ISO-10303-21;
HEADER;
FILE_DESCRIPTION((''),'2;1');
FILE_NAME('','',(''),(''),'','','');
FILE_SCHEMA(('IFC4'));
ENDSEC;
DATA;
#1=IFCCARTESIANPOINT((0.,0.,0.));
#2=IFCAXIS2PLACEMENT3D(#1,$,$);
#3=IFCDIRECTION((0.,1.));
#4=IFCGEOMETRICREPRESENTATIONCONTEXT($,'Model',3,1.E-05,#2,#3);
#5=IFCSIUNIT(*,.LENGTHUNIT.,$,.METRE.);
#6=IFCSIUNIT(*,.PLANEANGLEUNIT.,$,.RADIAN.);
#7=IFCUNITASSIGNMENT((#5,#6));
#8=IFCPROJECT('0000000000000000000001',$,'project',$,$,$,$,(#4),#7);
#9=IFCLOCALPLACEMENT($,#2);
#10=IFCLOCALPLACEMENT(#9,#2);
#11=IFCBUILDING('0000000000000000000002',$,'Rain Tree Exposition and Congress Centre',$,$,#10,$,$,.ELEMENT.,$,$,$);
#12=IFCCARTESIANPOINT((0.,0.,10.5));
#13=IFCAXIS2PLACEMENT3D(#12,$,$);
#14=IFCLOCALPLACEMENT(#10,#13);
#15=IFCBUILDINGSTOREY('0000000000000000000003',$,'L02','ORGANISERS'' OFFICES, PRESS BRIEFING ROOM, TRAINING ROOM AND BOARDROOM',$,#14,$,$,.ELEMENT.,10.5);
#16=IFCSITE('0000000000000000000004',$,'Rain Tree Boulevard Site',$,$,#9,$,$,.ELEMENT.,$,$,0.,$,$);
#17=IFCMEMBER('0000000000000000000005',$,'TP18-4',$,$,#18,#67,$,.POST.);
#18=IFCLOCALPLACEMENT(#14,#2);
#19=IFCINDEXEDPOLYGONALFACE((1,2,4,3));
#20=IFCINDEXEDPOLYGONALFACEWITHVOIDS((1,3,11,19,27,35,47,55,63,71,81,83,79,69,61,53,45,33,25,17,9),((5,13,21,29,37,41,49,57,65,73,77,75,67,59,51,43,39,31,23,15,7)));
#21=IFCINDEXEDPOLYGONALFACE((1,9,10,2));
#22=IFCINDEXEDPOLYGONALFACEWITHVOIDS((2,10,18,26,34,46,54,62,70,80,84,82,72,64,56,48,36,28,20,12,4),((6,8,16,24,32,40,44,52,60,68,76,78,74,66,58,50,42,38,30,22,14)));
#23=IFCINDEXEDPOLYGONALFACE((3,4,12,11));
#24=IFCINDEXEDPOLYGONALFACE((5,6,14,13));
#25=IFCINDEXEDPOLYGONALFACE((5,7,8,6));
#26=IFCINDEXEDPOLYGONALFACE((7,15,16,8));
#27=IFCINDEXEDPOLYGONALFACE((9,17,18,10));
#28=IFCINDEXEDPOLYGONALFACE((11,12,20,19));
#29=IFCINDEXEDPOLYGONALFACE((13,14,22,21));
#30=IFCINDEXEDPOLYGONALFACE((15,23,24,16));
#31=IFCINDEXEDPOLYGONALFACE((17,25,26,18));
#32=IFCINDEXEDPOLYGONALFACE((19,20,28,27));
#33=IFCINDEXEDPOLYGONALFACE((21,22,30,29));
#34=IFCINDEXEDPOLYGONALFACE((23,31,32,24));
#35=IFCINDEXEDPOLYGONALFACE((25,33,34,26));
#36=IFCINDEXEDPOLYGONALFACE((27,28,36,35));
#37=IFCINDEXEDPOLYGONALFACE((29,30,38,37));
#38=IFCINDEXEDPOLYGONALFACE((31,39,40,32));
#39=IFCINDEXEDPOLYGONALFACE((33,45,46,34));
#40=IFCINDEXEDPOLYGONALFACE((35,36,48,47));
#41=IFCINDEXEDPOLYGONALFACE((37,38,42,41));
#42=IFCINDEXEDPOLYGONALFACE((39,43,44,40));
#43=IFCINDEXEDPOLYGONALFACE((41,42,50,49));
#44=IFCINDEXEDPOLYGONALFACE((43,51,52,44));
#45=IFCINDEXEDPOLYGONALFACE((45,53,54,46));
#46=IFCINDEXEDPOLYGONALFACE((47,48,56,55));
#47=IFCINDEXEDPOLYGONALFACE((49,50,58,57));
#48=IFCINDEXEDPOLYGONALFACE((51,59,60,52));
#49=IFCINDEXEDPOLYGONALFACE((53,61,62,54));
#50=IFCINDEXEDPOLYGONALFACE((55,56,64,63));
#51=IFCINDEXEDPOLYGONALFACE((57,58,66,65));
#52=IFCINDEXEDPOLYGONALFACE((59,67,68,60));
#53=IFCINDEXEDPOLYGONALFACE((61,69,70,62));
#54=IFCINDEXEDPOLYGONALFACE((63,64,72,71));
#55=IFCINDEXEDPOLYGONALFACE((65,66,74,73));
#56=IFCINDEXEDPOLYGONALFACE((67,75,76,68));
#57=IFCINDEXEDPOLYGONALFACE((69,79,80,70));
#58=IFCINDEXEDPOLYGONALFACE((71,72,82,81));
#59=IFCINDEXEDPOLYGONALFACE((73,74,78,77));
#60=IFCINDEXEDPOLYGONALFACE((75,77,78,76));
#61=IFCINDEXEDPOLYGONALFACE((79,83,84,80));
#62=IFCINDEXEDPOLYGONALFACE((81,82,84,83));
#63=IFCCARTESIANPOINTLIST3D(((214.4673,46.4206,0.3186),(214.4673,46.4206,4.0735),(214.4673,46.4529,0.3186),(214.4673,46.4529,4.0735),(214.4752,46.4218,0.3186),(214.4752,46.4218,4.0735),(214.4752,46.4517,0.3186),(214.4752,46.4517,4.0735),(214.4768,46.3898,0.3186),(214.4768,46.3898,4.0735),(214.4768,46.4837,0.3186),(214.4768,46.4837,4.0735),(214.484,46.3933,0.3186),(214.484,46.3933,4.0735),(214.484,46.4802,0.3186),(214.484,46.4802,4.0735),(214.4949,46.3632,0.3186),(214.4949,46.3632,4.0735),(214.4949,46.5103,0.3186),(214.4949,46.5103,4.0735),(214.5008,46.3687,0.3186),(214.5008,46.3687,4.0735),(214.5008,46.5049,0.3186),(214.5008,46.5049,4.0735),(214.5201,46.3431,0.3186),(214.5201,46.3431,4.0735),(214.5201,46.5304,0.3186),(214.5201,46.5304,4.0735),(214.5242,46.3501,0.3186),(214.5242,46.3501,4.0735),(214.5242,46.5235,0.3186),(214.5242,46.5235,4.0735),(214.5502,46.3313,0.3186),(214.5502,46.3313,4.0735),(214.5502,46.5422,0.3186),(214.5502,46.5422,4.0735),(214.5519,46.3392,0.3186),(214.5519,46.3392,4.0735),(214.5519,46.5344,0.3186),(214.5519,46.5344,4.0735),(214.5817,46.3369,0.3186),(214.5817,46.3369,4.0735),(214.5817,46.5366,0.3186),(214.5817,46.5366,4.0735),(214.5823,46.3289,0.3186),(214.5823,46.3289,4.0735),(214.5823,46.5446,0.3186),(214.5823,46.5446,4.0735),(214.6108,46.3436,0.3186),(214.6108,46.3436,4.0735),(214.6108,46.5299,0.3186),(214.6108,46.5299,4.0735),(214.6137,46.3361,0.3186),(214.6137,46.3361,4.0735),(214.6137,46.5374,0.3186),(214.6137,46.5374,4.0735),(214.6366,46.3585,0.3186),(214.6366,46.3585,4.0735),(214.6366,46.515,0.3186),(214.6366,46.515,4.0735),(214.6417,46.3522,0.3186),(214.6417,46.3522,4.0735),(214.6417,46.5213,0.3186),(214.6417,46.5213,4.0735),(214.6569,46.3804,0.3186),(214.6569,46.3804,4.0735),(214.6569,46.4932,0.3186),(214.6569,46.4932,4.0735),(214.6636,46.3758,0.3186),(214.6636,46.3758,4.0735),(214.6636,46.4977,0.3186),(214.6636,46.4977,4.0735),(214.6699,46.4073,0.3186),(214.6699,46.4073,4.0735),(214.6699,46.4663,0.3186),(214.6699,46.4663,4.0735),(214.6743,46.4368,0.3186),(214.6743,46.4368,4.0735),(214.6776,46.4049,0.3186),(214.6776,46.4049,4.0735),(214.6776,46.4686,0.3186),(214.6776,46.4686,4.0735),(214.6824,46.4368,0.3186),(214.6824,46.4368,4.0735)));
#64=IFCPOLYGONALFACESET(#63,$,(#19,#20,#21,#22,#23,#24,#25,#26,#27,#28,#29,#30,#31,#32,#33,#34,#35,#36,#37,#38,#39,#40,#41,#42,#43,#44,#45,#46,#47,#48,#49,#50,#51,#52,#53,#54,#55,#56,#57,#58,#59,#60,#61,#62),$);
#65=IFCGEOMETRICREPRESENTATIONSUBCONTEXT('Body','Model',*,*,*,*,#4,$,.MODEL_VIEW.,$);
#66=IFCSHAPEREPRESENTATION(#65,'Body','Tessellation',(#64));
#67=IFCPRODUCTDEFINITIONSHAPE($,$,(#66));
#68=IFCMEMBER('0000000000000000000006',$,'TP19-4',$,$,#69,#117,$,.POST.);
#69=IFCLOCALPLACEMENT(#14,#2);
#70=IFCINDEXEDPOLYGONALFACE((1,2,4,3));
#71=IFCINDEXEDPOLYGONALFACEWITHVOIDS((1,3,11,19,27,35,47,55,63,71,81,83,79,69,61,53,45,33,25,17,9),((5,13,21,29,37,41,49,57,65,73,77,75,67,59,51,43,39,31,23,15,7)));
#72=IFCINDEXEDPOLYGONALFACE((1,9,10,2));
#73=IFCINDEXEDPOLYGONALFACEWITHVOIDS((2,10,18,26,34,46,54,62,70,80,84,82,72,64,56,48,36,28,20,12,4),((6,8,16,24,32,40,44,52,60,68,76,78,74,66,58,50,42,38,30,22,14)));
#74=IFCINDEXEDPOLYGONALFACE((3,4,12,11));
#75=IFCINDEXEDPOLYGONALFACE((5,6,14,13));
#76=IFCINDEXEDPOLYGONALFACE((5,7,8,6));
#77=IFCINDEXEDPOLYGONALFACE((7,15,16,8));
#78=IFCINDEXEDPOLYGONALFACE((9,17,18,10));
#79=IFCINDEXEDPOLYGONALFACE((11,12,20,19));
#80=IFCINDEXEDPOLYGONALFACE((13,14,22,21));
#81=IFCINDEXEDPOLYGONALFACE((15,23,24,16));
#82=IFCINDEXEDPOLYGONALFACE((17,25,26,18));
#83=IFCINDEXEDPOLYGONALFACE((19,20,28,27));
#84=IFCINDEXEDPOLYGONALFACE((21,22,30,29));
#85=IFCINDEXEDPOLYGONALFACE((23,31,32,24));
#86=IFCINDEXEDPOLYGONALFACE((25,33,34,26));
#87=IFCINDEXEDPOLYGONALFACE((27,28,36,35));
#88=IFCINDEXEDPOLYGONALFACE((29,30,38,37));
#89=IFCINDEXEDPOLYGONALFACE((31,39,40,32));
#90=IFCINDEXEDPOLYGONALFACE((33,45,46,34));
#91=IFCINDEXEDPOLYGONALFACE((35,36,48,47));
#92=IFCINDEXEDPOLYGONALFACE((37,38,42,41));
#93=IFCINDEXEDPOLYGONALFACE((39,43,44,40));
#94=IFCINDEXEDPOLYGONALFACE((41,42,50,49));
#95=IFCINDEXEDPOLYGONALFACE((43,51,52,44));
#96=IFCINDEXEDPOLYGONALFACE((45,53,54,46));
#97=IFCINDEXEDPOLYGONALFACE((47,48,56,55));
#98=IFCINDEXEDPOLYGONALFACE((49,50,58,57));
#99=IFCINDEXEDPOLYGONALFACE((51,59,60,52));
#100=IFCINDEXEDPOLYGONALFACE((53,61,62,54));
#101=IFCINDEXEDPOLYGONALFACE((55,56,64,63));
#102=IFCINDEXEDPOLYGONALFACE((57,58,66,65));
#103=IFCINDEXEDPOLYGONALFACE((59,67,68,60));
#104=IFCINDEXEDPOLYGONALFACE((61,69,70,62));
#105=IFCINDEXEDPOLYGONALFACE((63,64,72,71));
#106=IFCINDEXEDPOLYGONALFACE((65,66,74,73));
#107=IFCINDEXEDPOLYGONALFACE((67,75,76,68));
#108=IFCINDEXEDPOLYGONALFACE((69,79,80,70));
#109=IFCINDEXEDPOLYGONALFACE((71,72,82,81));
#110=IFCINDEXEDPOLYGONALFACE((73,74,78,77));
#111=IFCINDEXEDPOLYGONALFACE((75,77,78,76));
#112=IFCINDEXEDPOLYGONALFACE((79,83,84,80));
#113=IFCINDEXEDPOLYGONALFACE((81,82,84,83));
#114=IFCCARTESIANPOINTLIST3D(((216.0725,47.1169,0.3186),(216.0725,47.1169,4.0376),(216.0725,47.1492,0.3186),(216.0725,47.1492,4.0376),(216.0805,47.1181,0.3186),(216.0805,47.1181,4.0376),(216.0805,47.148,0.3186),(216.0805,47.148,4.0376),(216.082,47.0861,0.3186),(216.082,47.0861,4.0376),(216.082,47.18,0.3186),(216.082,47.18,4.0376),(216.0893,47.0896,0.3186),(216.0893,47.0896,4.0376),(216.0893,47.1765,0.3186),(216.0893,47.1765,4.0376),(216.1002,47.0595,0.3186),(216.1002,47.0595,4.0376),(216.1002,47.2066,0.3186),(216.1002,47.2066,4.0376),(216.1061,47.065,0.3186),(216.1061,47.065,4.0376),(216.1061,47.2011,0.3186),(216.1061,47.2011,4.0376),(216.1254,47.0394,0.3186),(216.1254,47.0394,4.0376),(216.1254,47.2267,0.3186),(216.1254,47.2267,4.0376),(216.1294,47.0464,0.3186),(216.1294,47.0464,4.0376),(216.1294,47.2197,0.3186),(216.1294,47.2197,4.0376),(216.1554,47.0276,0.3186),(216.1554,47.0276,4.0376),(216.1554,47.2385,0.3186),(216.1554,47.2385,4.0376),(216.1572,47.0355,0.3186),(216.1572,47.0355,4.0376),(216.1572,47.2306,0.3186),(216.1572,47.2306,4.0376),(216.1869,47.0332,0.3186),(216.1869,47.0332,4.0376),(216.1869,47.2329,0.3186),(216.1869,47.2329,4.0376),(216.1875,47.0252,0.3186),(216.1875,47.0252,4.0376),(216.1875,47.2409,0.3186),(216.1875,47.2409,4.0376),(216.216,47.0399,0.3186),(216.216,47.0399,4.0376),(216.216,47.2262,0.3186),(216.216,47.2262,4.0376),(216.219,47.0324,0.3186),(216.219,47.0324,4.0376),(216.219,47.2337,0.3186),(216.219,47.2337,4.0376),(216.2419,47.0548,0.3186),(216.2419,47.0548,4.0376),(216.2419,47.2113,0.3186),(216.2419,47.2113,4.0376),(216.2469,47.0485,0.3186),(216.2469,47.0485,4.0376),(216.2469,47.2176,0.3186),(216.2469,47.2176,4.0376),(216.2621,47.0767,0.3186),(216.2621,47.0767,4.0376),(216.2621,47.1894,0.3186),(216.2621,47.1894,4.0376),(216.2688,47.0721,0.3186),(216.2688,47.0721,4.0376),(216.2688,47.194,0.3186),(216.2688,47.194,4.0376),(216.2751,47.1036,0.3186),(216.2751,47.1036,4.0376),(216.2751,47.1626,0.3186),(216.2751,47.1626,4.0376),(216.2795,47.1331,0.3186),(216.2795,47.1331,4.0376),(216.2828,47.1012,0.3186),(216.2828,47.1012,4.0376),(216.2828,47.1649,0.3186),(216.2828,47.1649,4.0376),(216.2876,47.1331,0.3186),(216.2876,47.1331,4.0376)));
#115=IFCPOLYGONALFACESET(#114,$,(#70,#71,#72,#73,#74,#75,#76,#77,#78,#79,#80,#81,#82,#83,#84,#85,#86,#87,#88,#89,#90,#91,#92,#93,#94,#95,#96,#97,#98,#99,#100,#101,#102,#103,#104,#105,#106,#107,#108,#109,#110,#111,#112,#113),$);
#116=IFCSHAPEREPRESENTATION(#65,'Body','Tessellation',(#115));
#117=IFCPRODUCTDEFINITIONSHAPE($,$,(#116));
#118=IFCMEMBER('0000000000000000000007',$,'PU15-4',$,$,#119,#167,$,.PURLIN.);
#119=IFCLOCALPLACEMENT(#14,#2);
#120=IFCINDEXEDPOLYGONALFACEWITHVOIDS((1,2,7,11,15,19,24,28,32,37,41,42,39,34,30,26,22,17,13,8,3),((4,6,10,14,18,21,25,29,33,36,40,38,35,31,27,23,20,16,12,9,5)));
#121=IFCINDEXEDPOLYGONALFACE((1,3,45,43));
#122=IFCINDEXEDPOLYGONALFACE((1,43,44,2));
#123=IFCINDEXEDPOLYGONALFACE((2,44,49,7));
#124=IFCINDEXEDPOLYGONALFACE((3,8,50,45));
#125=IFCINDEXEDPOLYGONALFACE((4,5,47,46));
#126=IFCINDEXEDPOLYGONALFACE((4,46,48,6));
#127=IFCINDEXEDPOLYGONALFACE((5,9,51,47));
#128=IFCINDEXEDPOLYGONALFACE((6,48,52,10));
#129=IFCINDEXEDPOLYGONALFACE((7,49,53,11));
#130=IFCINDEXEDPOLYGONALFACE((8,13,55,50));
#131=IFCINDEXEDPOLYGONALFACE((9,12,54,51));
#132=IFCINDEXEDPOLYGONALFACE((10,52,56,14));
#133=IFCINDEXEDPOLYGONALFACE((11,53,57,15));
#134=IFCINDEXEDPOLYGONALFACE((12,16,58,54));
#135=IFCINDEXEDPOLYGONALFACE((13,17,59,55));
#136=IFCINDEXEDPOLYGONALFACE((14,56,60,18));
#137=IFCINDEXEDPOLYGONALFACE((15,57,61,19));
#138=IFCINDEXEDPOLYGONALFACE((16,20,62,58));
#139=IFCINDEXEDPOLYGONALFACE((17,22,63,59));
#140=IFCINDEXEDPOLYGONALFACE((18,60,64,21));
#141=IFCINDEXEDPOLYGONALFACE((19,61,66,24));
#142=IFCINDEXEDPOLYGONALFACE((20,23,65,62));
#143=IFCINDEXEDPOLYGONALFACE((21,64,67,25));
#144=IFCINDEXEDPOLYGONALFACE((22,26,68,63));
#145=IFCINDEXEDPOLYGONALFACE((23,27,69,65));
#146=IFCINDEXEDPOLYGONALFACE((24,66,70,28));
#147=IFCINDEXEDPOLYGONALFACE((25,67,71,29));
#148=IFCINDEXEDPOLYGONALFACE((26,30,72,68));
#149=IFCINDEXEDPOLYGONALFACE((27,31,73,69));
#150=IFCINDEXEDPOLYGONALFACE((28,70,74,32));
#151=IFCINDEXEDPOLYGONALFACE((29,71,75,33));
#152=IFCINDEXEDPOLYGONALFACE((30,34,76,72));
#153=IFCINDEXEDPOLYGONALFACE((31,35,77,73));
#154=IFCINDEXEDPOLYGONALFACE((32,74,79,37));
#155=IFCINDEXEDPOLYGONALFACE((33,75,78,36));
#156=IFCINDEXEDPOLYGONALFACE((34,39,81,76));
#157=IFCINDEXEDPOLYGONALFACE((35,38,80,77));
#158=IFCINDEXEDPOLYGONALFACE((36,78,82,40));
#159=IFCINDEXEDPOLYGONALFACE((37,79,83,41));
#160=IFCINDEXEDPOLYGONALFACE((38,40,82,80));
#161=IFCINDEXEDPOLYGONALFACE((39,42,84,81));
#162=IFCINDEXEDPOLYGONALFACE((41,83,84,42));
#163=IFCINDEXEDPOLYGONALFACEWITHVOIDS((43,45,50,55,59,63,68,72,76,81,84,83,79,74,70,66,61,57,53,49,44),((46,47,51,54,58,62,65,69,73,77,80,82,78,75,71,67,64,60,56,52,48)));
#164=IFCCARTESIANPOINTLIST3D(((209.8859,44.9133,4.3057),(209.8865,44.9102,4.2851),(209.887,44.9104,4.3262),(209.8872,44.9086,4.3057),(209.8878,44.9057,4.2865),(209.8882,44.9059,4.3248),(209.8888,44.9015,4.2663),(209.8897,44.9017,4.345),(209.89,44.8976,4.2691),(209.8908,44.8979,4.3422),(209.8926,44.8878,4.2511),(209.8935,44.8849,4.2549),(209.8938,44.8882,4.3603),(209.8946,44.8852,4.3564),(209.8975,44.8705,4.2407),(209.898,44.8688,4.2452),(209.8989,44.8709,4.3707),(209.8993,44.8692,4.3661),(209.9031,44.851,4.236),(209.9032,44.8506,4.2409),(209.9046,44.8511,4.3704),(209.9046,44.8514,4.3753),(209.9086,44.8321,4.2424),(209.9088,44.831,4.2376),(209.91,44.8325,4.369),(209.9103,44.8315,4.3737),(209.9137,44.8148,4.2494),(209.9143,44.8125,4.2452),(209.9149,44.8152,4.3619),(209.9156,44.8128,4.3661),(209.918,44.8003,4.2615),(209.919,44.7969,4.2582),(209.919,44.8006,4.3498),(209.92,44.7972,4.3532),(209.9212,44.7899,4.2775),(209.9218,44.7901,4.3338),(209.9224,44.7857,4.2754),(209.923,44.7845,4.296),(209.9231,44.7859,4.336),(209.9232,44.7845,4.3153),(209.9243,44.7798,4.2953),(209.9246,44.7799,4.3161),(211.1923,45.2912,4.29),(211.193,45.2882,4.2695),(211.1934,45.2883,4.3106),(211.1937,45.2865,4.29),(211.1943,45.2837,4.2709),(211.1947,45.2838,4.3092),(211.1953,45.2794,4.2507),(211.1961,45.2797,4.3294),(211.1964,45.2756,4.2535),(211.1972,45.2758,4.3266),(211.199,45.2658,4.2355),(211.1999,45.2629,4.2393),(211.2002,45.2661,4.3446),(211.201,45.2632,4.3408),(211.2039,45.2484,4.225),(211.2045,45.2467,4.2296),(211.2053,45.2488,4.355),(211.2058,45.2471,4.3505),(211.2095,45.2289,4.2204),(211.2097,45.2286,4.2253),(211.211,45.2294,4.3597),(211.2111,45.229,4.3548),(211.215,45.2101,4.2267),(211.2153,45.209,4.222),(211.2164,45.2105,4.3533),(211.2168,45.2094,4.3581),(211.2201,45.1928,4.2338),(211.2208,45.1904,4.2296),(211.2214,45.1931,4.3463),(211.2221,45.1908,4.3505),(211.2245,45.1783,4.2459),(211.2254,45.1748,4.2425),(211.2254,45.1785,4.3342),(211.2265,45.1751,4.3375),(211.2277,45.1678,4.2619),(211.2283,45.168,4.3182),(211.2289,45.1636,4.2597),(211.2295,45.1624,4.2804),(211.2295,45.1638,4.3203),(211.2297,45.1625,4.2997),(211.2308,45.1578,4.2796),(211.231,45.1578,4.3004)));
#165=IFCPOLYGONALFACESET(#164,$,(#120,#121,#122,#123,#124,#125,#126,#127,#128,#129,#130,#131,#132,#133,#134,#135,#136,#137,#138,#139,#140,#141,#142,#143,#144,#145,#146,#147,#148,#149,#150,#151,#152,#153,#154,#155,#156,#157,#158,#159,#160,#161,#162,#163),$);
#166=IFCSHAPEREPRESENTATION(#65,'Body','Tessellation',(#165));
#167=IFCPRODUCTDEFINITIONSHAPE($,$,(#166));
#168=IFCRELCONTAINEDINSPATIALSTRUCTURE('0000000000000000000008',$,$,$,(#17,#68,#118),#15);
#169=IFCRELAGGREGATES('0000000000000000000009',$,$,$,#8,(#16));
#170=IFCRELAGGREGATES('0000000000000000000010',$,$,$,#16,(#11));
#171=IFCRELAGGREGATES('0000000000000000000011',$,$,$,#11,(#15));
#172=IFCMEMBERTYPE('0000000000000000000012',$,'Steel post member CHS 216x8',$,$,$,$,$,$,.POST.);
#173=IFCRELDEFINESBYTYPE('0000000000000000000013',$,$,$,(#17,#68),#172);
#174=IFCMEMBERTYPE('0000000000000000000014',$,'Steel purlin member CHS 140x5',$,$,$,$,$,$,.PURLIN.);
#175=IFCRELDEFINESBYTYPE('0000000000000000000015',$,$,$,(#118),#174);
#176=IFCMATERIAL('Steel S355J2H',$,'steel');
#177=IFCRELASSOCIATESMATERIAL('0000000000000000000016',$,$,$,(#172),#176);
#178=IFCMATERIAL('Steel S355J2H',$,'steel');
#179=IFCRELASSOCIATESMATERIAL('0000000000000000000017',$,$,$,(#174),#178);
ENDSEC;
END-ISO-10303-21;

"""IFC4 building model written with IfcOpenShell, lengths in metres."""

from ifc_helpers import new_model, si_unit, direction, frame, origin, origin_2d, place, context, subcontext, project, spatial, hollow_circle, extrude, material, material_profile, profile_set, type_object, element, save


model = new_model("IFC4")

# Units and contexts
model_context = context("Model", 3, precision=1e-05, world=origin(), true_north=direction((0.0, 1.0)))
body_context = subcontext(model_context, "Body", "Model", "MODEL_VIEW")
ifc_project = project(units=[si_unit("LENGTHUNIT", "METRE"), si_unit("PLANEANGLEUNIT", "RADIAN")], contexts=[model_context])

# Site, building, storey
site_placement = place(None, origin())
site = spatial("IfcSite", under=ifc_project, at=site_placement, Name="Rain Tree Boulevard Site", CompositionType="ELEMENT", RefElevation=0.0)
building_placement = place(site_placement, origin())
building = spatial("IfcBuilding", under=site, at=building_placement, Name="Rain Tree Exposition and Congress Centre", CompositionType="ELEMENT")
storey_placement = place(building_placement, frame((0.0, 0.0, 10.5)))
storey = spatial("IfcBuildingStorey", under=building, at=storey_placement, Name="L02", Description="ORGANISERS' OFFICES, PRESS BRIEFING ROOM, TRAINING ROOM AND BOARDROOM", CompositionType="ELEMENT", Elevation=10.5)

# Members
ifc_material_1 = material(Name="Steel S355J2H", Category="steel")
ifc_material_profile_1 = material_profile(ifc_material_1, hollow_circle(Radius=0.1082, WallThickness=0.0081, at=origin_2d()), Name="CHS 216x8")
ifc_profile_set_1 = profile_set([ifc_material_profile_1], Name="Steel S355J2H")
member_type_1 = type_object("IfcMemberType", Name="Steel post member CHS 216x8", PredefinedType="POST", material=ifc_profile_set_1)
member_1_placement = place(storey_placement, frame((214.5742, 46.4368, 0.3186), z_axis=(0.0, 0.0, 1.0), x_axis=(1.0, 0.0, 0.0)))
element("IfcMember", 1, at=member_1_placement, inside=storey, type_object=member_type_1, Name="TP18-4", PredefinedType="POST", context=body_context, shape_type="SweptSolid", body=[
    extrude(hollow_circle(Radius=0.1082, WallThickness=0.0081, at=origin_2d()), origin(), (0.0, 0.0, 1.0), 3.7549),
])
member_2_placement = place(storey_placement, frame((216.1794, 47.1331, 0.3186), z_axis=(0.0, 0.0, 1.0), x_axis=(1.0, 0.0, 0.0)))
element("IfcMember", 2, at=member_2_placement, inside=storey, type_object=member_type_1, Name="TP19-4", PredefinedType="POST", context=body_context, shape_type="SweptSolid", body=[
    extrude(hollow_circle(Radius=0.1082, WallThickness=0.0081, at=origin_2d()), origin(), (0.0, 0.0, 1.0), 3.719),
])
ifc_material_2 = material(Name="Steel S355J2H", Category="steel")
ifc_material_profile_2 = material_profile(ifc_material_2, hollow_circle(Radius=0.0698, WallThickness=0.0049, at=origin_2d()), Name="CHS 140x5")
ifc_profile_set_2 = profile_set([ifc_material_profile_2], Name="Steel S355J2H")
member_type_2 = type_object("IfcMemberType", Name="Steel purlin member CHS 140x5", PredefinedType="PURLIN", material=ifc_profile_set_2)
member_3_placement = place(storey_placement, frame((209.9053, 44.8462, 4.3057), z_axis=(0.960548, 0.277878, -0.011489), x_axis=(-0.277897, 0.960611, 0.0)))
element("IfcMember", 3, at=member_3_placement, inside=storey, type_object=member_type_2, Name="PU15-4", PredefinedType="PURLIN", context=body_context, shape_type="SweptSolid", body=[
    extrude(hollow_circle(Radius=0.0698, WallThickness=0.0049, at=origin_2d()), origin(), (0.0, 0.0, 1.0), 1.3601),
])

save(model, "model.ifc")
